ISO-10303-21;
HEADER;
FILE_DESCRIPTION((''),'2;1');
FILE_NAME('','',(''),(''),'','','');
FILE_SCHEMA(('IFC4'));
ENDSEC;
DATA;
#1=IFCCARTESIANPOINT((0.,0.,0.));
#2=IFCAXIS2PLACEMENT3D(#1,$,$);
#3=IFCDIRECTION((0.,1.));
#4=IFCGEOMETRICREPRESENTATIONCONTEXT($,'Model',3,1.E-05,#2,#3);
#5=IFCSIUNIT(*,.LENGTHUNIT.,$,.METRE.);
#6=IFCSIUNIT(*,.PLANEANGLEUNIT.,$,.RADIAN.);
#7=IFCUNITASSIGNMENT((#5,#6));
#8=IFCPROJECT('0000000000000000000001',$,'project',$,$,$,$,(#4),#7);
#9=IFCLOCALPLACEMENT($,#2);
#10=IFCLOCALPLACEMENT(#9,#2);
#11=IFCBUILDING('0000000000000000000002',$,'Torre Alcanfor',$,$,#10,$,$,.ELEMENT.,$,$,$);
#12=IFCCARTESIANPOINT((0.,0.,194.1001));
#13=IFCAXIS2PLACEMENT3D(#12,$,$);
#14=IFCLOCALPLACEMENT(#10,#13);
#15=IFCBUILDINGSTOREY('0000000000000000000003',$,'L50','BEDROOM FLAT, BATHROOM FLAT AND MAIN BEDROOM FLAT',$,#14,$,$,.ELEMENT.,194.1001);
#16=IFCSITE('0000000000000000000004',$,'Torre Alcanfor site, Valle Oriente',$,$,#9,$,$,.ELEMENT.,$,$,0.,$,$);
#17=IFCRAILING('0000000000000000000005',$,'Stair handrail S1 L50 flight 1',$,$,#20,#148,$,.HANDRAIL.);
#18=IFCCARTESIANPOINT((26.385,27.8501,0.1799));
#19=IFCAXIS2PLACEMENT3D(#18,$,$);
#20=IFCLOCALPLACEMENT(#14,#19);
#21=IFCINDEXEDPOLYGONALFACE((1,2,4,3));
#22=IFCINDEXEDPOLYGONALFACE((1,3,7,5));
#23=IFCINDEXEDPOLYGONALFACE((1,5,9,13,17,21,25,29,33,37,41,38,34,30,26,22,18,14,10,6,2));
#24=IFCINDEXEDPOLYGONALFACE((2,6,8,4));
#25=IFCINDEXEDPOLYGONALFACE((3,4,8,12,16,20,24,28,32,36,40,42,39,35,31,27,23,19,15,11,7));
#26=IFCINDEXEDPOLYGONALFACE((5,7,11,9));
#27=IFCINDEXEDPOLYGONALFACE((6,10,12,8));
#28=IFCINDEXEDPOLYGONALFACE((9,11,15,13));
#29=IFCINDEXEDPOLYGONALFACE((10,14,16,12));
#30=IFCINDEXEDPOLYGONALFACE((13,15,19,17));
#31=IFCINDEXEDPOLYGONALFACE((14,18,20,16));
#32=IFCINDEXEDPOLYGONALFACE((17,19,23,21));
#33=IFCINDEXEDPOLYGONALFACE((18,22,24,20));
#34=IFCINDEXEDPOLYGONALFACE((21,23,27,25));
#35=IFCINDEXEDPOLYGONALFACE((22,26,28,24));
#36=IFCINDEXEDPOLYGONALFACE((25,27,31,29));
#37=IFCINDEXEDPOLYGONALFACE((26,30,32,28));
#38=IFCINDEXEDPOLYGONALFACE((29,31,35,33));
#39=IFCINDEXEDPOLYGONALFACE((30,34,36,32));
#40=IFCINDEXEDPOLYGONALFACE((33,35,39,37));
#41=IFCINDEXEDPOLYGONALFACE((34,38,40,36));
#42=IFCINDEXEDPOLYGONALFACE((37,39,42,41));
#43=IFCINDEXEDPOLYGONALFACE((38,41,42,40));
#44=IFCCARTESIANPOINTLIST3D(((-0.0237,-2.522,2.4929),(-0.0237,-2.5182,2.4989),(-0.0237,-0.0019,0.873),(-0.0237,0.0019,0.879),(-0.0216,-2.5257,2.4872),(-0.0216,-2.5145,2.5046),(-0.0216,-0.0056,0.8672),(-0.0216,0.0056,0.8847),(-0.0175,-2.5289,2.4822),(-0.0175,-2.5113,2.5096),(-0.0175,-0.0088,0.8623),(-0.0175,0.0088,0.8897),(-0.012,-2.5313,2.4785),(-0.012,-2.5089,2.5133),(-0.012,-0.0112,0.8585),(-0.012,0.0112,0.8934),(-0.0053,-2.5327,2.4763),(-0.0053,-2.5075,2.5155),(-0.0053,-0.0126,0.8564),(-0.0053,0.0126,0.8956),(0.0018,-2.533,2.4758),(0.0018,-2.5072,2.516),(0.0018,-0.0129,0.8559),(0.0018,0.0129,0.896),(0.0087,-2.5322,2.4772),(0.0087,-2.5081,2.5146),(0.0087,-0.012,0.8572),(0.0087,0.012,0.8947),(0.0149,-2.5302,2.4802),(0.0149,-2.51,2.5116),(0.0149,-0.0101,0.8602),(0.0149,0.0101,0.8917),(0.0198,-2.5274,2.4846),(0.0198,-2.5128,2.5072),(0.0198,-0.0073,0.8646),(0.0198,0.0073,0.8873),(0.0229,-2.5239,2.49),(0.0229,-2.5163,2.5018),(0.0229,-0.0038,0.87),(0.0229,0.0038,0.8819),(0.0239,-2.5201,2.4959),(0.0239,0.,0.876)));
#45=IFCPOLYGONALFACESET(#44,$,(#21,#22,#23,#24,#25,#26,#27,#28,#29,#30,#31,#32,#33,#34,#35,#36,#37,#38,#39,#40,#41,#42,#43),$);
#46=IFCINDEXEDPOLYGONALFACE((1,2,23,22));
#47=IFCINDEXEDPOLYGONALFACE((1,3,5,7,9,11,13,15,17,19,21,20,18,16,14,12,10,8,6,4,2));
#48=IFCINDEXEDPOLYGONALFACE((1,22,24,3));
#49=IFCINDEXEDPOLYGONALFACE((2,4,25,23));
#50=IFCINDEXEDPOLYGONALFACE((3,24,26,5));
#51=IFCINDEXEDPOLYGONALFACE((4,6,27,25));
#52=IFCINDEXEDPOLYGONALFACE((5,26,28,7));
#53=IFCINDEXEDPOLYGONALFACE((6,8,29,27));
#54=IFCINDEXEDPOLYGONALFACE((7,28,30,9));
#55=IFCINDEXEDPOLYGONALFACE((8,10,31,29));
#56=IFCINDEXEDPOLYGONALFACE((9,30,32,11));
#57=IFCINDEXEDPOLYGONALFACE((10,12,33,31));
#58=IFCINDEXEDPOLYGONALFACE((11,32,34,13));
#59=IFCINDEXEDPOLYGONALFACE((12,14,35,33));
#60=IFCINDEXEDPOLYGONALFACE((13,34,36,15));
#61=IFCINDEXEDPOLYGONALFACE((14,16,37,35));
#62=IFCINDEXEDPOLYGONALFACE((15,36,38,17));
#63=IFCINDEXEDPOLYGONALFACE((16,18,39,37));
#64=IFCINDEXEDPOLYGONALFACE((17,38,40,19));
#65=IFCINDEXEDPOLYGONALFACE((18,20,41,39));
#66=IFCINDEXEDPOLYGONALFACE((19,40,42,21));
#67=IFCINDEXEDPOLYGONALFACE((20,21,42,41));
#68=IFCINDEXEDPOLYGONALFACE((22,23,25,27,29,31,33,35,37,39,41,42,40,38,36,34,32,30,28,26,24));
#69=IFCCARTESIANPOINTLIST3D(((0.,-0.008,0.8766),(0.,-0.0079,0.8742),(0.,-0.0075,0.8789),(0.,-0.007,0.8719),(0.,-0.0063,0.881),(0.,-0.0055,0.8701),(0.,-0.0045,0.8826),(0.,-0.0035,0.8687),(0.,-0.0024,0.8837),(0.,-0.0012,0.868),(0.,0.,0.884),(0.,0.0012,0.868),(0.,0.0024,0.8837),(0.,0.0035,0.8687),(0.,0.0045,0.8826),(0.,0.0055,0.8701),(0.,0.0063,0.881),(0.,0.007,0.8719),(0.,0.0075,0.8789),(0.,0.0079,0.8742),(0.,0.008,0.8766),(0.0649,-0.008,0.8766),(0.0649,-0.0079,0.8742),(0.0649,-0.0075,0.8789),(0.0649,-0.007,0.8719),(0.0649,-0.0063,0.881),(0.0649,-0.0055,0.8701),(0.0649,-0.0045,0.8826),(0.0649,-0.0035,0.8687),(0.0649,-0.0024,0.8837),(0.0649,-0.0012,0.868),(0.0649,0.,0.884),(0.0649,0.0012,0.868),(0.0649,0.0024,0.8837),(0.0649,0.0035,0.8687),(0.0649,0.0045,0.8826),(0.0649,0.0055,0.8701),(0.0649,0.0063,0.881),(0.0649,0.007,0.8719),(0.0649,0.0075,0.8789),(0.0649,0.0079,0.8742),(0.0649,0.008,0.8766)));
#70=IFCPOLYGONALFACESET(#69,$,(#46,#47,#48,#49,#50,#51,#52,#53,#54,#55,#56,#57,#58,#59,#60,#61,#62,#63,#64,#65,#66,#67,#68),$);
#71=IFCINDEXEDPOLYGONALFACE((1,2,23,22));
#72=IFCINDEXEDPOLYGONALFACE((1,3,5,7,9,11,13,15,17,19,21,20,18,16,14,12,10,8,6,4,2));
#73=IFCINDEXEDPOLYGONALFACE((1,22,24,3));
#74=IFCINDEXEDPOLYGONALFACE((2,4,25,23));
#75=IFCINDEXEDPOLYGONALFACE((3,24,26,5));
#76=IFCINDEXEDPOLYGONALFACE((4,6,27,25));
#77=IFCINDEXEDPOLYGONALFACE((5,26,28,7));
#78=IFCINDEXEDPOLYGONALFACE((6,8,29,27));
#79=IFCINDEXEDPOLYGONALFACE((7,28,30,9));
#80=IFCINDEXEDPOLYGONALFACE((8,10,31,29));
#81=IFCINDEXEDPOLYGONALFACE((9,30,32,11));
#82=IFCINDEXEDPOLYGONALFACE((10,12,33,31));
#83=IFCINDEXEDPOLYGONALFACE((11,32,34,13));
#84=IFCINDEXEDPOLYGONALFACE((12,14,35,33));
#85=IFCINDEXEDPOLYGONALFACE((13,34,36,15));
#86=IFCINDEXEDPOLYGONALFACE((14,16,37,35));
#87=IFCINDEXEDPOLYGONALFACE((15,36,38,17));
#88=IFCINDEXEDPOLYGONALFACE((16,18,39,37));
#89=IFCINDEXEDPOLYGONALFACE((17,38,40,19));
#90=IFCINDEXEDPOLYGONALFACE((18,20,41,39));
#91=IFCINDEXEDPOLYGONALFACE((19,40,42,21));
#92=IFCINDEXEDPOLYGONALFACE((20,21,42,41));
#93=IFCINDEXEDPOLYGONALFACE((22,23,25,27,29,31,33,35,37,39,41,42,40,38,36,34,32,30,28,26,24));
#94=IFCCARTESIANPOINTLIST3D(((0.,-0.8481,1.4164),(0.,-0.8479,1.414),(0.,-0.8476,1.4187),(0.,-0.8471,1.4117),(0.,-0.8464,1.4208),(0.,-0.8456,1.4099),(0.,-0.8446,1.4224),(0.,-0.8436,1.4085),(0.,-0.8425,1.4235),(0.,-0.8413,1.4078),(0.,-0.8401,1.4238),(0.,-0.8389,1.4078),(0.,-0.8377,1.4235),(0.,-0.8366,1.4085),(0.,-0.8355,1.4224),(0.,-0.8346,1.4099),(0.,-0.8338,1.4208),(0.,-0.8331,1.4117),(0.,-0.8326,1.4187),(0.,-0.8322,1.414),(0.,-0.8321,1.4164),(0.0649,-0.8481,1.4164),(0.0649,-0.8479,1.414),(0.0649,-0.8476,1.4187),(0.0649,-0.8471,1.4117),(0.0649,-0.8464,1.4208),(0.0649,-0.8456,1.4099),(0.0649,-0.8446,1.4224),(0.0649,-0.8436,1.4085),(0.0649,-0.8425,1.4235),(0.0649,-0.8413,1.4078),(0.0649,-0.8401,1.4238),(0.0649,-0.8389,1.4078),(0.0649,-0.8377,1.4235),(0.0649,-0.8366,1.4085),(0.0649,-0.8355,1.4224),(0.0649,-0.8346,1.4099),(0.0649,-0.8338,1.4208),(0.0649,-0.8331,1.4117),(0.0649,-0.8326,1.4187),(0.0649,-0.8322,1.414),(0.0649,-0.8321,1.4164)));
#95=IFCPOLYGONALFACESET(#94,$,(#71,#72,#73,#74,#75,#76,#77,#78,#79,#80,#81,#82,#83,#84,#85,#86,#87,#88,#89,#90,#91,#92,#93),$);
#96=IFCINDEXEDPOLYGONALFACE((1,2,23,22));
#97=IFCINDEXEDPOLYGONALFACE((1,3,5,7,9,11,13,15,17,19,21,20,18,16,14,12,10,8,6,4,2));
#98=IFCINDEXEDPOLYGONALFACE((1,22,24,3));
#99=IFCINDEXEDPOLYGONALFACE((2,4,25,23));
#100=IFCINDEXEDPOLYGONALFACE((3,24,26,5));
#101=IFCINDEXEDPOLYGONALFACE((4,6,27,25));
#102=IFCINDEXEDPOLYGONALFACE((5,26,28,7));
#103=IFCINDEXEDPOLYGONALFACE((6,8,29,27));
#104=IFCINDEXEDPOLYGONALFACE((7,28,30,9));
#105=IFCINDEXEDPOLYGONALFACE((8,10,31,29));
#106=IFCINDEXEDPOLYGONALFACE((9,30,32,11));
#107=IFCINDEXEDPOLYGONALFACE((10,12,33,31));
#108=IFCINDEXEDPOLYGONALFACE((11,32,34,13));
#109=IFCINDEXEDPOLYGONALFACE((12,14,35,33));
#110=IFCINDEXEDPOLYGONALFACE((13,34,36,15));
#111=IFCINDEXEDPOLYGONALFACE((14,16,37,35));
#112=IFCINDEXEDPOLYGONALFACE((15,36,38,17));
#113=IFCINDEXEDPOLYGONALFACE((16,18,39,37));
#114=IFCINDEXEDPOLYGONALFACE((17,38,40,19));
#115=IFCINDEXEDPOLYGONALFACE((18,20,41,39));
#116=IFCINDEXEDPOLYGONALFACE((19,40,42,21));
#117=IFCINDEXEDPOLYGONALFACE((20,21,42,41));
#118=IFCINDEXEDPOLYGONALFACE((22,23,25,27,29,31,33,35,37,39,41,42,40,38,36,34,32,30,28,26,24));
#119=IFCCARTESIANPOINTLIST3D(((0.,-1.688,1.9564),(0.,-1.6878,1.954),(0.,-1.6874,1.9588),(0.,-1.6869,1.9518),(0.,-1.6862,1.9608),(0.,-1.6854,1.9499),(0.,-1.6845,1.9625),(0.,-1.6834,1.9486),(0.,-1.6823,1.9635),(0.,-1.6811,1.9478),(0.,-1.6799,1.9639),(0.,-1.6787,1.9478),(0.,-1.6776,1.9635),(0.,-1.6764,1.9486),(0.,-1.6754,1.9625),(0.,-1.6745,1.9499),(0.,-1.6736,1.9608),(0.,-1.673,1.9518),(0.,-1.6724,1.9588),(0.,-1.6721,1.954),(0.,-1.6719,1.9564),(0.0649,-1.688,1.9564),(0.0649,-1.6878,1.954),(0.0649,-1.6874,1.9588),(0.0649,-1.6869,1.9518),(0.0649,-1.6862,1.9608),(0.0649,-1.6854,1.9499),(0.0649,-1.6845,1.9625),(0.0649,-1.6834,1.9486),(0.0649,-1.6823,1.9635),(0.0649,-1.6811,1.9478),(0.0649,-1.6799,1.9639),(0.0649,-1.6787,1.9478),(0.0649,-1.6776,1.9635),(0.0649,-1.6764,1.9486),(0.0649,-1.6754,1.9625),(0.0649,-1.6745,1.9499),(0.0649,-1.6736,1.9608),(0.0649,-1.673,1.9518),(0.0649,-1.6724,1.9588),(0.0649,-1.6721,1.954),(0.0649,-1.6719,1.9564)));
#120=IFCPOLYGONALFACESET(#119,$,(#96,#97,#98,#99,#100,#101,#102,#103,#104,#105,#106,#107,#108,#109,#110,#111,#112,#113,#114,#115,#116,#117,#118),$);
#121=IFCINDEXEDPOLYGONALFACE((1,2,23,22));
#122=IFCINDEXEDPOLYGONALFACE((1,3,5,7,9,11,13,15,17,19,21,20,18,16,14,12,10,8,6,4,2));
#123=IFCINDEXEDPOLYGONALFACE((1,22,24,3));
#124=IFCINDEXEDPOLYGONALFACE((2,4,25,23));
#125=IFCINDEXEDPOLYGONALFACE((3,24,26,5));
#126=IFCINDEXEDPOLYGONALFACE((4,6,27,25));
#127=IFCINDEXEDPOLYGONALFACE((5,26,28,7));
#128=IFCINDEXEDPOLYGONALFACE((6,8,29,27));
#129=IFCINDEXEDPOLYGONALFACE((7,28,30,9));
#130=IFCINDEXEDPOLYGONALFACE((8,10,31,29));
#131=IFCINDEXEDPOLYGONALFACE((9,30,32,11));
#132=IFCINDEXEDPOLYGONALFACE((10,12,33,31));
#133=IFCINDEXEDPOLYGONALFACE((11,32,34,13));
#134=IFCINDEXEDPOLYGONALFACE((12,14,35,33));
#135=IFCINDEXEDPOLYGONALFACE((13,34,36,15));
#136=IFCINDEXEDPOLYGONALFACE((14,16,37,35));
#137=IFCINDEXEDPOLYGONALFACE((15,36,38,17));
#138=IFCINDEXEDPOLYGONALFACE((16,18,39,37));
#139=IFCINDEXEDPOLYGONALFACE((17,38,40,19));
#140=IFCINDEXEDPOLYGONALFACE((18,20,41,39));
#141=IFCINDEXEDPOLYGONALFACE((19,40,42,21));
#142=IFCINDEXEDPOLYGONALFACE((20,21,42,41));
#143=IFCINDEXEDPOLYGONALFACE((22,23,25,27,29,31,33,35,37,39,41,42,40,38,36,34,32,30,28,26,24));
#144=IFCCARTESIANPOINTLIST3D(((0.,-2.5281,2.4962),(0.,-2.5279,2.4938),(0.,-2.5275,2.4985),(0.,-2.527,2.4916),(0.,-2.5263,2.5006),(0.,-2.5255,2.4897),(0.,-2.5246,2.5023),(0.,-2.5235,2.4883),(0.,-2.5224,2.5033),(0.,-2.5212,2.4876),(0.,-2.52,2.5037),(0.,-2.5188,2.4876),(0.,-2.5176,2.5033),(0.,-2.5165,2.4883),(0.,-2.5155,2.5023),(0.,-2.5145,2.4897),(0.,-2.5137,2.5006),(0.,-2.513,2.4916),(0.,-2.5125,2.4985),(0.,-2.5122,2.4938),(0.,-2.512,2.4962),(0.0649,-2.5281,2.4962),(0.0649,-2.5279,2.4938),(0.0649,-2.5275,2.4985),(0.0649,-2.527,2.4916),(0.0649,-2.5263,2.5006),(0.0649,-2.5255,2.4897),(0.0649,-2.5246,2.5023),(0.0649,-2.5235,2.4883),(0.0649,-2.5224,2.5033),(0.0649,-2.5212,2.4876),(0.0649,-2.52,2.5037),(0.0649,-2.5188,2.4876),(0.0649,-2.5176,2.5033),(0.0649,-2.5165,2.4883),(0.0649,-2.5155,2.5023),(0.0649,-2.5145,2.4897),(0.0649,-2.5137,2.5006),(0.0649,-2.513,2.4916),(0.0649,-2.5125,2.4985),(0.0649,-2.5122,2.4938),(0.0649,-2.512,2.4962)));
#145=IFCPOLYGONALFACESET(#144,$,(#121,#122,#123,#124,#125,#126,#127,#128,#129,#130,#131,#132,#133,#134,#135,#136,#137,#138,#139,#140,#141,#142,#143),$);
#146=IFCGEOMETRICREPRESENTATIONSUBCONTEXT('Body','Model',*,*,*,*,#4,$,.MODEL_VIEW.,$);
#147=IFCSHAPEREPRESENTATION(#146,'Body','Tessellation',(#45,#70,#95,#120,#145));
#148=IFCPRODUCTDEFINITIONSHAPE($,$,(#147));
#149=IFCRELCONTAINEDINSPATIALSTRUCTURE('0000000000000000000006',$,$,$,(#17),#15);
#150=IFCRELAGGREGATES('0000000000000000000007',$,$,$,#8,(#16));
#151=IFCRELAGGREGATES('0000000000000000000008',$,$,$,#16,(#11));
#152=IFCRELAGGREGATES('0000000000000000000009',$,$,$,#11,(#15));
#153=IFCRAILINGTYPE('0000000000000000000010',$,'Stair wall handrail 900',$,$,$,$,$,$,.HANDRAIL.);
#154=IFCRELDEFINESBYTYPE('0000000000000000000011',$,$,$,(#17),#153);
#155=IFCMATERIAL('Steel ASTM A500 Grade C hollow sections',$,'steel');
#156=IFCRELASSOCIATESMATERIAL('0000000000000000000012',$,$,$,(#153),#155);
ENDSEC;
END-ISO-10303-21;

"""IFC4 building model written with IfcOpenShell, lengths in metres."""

from ifc_helpers import new_model, si_unit, direction, frame, origin, origin_2d, place, context, subcontext, project, spatial, circle, extrude, material, type_object, element, save


model = new_model("IFC4")

# Units and contexts
model_context = context("Model", 3, precision=1e-05, world=origin(), true_north=direction((0.0, 1.0)))
body_context = subcontext(model_context, "Body", "Model", "MODEL_VIEW")
ifc_project = project(units=[si_unit("LENGTHUNIT", "METRE"), si_unit("PLANEANGLEUNIT", "RADIAN")], contexts=[model_context])

# Site, building, storey
site_placement = place(None, origin())
site = spatial("IfcSite", under=ifc_project, at=site_placement, Name="Torre Alcanfor site, Valle Oriente", CompositionType="ELEMENT", RefElevation=0.0)
building_placement = place(site_placement, origin())
building = spatial("IfcBuilding", under=site, at=building_placement, Name="Torre Alcanfor", CompositionType="ELEMENT")
storey_placement = place(building_placement, frame((0.0, 0.0, 194.1001)))
storey = spatial("IfcBuildingStorey", under=building, at=storey_placement, Name="L50", Description="BEDROOM FLAT, BATHROOM FLAT AND MAIN BEDROOM FLAT", CompositionType="ELEMENT", Elevation=194.1001)

# Railing
ifc_material_1 = material(Name="Steel ASTM A500 Grade C hollow sections", Category="steel")
railing_type = type_object("IfcRailingType", Name="Stair wall handrail 900", PredefinedType="HANDRAIL", material=ifc_material_1)
railing_placement = place(storey_placement, frame((26.385, 27.8501, 0.1799)))
element("IfcRailing", 1, at=railing_placement, inside=storey, type_object=railing_type, Name="Stair handrail S1 L50 flight 1", PredefinedType="HANDRAIL", context=body_context, shape_type="SweptSolid", body=[
    extrude(circle(Radius=0.0239, at=origin_2d()), frame((0.0, 0.0, 0.876), z_axis=(0.0, -0.8412, 0.540725), x_axis=(1.0, 0.0, 0.0)), (0.0, 0.0, 1.0), 2.9958),
    extrude(circle(Radius=0.0081, at=origin_2d()), frame((0.0, 0.0, 0.876), z_axis=(1.0, 0.0, 0.0), x_axis=(0.0, 0.0, 1.0)), (0.0, 0.0, 1.0), 0.0649),
    extrude(circle(Radius=0.0081, at=origin_2d()), frame((0.0, -0.8401, 1.4158), z_axis=(1.0, 0.0, 0.0), x_axis=(0.0, 0.0, 1.0)), (0.0, 0.0, 1.0), 0.0649),
    extrude(circle(Radius=0.0081, at=origin_2d()), frame((0.0, -1.6799, 1.9558), z_axis=(1.0, 0.0, 0.0), x_axis=(0.0, 0.0, 1.0)), (0.0, 0.0, 1.0), 0.0649),
    extrude(circle(Radius=0.0081, at=origin_2d()), frame((0.0, -2.52, 2.4956), z_axis=(1.0, 0.0, 0.0), x_axis=(0.0, 0.0, 1.0)), (0.0, 0.0, 1.0), 0.0649),
])

save(model, "model.ifc")
